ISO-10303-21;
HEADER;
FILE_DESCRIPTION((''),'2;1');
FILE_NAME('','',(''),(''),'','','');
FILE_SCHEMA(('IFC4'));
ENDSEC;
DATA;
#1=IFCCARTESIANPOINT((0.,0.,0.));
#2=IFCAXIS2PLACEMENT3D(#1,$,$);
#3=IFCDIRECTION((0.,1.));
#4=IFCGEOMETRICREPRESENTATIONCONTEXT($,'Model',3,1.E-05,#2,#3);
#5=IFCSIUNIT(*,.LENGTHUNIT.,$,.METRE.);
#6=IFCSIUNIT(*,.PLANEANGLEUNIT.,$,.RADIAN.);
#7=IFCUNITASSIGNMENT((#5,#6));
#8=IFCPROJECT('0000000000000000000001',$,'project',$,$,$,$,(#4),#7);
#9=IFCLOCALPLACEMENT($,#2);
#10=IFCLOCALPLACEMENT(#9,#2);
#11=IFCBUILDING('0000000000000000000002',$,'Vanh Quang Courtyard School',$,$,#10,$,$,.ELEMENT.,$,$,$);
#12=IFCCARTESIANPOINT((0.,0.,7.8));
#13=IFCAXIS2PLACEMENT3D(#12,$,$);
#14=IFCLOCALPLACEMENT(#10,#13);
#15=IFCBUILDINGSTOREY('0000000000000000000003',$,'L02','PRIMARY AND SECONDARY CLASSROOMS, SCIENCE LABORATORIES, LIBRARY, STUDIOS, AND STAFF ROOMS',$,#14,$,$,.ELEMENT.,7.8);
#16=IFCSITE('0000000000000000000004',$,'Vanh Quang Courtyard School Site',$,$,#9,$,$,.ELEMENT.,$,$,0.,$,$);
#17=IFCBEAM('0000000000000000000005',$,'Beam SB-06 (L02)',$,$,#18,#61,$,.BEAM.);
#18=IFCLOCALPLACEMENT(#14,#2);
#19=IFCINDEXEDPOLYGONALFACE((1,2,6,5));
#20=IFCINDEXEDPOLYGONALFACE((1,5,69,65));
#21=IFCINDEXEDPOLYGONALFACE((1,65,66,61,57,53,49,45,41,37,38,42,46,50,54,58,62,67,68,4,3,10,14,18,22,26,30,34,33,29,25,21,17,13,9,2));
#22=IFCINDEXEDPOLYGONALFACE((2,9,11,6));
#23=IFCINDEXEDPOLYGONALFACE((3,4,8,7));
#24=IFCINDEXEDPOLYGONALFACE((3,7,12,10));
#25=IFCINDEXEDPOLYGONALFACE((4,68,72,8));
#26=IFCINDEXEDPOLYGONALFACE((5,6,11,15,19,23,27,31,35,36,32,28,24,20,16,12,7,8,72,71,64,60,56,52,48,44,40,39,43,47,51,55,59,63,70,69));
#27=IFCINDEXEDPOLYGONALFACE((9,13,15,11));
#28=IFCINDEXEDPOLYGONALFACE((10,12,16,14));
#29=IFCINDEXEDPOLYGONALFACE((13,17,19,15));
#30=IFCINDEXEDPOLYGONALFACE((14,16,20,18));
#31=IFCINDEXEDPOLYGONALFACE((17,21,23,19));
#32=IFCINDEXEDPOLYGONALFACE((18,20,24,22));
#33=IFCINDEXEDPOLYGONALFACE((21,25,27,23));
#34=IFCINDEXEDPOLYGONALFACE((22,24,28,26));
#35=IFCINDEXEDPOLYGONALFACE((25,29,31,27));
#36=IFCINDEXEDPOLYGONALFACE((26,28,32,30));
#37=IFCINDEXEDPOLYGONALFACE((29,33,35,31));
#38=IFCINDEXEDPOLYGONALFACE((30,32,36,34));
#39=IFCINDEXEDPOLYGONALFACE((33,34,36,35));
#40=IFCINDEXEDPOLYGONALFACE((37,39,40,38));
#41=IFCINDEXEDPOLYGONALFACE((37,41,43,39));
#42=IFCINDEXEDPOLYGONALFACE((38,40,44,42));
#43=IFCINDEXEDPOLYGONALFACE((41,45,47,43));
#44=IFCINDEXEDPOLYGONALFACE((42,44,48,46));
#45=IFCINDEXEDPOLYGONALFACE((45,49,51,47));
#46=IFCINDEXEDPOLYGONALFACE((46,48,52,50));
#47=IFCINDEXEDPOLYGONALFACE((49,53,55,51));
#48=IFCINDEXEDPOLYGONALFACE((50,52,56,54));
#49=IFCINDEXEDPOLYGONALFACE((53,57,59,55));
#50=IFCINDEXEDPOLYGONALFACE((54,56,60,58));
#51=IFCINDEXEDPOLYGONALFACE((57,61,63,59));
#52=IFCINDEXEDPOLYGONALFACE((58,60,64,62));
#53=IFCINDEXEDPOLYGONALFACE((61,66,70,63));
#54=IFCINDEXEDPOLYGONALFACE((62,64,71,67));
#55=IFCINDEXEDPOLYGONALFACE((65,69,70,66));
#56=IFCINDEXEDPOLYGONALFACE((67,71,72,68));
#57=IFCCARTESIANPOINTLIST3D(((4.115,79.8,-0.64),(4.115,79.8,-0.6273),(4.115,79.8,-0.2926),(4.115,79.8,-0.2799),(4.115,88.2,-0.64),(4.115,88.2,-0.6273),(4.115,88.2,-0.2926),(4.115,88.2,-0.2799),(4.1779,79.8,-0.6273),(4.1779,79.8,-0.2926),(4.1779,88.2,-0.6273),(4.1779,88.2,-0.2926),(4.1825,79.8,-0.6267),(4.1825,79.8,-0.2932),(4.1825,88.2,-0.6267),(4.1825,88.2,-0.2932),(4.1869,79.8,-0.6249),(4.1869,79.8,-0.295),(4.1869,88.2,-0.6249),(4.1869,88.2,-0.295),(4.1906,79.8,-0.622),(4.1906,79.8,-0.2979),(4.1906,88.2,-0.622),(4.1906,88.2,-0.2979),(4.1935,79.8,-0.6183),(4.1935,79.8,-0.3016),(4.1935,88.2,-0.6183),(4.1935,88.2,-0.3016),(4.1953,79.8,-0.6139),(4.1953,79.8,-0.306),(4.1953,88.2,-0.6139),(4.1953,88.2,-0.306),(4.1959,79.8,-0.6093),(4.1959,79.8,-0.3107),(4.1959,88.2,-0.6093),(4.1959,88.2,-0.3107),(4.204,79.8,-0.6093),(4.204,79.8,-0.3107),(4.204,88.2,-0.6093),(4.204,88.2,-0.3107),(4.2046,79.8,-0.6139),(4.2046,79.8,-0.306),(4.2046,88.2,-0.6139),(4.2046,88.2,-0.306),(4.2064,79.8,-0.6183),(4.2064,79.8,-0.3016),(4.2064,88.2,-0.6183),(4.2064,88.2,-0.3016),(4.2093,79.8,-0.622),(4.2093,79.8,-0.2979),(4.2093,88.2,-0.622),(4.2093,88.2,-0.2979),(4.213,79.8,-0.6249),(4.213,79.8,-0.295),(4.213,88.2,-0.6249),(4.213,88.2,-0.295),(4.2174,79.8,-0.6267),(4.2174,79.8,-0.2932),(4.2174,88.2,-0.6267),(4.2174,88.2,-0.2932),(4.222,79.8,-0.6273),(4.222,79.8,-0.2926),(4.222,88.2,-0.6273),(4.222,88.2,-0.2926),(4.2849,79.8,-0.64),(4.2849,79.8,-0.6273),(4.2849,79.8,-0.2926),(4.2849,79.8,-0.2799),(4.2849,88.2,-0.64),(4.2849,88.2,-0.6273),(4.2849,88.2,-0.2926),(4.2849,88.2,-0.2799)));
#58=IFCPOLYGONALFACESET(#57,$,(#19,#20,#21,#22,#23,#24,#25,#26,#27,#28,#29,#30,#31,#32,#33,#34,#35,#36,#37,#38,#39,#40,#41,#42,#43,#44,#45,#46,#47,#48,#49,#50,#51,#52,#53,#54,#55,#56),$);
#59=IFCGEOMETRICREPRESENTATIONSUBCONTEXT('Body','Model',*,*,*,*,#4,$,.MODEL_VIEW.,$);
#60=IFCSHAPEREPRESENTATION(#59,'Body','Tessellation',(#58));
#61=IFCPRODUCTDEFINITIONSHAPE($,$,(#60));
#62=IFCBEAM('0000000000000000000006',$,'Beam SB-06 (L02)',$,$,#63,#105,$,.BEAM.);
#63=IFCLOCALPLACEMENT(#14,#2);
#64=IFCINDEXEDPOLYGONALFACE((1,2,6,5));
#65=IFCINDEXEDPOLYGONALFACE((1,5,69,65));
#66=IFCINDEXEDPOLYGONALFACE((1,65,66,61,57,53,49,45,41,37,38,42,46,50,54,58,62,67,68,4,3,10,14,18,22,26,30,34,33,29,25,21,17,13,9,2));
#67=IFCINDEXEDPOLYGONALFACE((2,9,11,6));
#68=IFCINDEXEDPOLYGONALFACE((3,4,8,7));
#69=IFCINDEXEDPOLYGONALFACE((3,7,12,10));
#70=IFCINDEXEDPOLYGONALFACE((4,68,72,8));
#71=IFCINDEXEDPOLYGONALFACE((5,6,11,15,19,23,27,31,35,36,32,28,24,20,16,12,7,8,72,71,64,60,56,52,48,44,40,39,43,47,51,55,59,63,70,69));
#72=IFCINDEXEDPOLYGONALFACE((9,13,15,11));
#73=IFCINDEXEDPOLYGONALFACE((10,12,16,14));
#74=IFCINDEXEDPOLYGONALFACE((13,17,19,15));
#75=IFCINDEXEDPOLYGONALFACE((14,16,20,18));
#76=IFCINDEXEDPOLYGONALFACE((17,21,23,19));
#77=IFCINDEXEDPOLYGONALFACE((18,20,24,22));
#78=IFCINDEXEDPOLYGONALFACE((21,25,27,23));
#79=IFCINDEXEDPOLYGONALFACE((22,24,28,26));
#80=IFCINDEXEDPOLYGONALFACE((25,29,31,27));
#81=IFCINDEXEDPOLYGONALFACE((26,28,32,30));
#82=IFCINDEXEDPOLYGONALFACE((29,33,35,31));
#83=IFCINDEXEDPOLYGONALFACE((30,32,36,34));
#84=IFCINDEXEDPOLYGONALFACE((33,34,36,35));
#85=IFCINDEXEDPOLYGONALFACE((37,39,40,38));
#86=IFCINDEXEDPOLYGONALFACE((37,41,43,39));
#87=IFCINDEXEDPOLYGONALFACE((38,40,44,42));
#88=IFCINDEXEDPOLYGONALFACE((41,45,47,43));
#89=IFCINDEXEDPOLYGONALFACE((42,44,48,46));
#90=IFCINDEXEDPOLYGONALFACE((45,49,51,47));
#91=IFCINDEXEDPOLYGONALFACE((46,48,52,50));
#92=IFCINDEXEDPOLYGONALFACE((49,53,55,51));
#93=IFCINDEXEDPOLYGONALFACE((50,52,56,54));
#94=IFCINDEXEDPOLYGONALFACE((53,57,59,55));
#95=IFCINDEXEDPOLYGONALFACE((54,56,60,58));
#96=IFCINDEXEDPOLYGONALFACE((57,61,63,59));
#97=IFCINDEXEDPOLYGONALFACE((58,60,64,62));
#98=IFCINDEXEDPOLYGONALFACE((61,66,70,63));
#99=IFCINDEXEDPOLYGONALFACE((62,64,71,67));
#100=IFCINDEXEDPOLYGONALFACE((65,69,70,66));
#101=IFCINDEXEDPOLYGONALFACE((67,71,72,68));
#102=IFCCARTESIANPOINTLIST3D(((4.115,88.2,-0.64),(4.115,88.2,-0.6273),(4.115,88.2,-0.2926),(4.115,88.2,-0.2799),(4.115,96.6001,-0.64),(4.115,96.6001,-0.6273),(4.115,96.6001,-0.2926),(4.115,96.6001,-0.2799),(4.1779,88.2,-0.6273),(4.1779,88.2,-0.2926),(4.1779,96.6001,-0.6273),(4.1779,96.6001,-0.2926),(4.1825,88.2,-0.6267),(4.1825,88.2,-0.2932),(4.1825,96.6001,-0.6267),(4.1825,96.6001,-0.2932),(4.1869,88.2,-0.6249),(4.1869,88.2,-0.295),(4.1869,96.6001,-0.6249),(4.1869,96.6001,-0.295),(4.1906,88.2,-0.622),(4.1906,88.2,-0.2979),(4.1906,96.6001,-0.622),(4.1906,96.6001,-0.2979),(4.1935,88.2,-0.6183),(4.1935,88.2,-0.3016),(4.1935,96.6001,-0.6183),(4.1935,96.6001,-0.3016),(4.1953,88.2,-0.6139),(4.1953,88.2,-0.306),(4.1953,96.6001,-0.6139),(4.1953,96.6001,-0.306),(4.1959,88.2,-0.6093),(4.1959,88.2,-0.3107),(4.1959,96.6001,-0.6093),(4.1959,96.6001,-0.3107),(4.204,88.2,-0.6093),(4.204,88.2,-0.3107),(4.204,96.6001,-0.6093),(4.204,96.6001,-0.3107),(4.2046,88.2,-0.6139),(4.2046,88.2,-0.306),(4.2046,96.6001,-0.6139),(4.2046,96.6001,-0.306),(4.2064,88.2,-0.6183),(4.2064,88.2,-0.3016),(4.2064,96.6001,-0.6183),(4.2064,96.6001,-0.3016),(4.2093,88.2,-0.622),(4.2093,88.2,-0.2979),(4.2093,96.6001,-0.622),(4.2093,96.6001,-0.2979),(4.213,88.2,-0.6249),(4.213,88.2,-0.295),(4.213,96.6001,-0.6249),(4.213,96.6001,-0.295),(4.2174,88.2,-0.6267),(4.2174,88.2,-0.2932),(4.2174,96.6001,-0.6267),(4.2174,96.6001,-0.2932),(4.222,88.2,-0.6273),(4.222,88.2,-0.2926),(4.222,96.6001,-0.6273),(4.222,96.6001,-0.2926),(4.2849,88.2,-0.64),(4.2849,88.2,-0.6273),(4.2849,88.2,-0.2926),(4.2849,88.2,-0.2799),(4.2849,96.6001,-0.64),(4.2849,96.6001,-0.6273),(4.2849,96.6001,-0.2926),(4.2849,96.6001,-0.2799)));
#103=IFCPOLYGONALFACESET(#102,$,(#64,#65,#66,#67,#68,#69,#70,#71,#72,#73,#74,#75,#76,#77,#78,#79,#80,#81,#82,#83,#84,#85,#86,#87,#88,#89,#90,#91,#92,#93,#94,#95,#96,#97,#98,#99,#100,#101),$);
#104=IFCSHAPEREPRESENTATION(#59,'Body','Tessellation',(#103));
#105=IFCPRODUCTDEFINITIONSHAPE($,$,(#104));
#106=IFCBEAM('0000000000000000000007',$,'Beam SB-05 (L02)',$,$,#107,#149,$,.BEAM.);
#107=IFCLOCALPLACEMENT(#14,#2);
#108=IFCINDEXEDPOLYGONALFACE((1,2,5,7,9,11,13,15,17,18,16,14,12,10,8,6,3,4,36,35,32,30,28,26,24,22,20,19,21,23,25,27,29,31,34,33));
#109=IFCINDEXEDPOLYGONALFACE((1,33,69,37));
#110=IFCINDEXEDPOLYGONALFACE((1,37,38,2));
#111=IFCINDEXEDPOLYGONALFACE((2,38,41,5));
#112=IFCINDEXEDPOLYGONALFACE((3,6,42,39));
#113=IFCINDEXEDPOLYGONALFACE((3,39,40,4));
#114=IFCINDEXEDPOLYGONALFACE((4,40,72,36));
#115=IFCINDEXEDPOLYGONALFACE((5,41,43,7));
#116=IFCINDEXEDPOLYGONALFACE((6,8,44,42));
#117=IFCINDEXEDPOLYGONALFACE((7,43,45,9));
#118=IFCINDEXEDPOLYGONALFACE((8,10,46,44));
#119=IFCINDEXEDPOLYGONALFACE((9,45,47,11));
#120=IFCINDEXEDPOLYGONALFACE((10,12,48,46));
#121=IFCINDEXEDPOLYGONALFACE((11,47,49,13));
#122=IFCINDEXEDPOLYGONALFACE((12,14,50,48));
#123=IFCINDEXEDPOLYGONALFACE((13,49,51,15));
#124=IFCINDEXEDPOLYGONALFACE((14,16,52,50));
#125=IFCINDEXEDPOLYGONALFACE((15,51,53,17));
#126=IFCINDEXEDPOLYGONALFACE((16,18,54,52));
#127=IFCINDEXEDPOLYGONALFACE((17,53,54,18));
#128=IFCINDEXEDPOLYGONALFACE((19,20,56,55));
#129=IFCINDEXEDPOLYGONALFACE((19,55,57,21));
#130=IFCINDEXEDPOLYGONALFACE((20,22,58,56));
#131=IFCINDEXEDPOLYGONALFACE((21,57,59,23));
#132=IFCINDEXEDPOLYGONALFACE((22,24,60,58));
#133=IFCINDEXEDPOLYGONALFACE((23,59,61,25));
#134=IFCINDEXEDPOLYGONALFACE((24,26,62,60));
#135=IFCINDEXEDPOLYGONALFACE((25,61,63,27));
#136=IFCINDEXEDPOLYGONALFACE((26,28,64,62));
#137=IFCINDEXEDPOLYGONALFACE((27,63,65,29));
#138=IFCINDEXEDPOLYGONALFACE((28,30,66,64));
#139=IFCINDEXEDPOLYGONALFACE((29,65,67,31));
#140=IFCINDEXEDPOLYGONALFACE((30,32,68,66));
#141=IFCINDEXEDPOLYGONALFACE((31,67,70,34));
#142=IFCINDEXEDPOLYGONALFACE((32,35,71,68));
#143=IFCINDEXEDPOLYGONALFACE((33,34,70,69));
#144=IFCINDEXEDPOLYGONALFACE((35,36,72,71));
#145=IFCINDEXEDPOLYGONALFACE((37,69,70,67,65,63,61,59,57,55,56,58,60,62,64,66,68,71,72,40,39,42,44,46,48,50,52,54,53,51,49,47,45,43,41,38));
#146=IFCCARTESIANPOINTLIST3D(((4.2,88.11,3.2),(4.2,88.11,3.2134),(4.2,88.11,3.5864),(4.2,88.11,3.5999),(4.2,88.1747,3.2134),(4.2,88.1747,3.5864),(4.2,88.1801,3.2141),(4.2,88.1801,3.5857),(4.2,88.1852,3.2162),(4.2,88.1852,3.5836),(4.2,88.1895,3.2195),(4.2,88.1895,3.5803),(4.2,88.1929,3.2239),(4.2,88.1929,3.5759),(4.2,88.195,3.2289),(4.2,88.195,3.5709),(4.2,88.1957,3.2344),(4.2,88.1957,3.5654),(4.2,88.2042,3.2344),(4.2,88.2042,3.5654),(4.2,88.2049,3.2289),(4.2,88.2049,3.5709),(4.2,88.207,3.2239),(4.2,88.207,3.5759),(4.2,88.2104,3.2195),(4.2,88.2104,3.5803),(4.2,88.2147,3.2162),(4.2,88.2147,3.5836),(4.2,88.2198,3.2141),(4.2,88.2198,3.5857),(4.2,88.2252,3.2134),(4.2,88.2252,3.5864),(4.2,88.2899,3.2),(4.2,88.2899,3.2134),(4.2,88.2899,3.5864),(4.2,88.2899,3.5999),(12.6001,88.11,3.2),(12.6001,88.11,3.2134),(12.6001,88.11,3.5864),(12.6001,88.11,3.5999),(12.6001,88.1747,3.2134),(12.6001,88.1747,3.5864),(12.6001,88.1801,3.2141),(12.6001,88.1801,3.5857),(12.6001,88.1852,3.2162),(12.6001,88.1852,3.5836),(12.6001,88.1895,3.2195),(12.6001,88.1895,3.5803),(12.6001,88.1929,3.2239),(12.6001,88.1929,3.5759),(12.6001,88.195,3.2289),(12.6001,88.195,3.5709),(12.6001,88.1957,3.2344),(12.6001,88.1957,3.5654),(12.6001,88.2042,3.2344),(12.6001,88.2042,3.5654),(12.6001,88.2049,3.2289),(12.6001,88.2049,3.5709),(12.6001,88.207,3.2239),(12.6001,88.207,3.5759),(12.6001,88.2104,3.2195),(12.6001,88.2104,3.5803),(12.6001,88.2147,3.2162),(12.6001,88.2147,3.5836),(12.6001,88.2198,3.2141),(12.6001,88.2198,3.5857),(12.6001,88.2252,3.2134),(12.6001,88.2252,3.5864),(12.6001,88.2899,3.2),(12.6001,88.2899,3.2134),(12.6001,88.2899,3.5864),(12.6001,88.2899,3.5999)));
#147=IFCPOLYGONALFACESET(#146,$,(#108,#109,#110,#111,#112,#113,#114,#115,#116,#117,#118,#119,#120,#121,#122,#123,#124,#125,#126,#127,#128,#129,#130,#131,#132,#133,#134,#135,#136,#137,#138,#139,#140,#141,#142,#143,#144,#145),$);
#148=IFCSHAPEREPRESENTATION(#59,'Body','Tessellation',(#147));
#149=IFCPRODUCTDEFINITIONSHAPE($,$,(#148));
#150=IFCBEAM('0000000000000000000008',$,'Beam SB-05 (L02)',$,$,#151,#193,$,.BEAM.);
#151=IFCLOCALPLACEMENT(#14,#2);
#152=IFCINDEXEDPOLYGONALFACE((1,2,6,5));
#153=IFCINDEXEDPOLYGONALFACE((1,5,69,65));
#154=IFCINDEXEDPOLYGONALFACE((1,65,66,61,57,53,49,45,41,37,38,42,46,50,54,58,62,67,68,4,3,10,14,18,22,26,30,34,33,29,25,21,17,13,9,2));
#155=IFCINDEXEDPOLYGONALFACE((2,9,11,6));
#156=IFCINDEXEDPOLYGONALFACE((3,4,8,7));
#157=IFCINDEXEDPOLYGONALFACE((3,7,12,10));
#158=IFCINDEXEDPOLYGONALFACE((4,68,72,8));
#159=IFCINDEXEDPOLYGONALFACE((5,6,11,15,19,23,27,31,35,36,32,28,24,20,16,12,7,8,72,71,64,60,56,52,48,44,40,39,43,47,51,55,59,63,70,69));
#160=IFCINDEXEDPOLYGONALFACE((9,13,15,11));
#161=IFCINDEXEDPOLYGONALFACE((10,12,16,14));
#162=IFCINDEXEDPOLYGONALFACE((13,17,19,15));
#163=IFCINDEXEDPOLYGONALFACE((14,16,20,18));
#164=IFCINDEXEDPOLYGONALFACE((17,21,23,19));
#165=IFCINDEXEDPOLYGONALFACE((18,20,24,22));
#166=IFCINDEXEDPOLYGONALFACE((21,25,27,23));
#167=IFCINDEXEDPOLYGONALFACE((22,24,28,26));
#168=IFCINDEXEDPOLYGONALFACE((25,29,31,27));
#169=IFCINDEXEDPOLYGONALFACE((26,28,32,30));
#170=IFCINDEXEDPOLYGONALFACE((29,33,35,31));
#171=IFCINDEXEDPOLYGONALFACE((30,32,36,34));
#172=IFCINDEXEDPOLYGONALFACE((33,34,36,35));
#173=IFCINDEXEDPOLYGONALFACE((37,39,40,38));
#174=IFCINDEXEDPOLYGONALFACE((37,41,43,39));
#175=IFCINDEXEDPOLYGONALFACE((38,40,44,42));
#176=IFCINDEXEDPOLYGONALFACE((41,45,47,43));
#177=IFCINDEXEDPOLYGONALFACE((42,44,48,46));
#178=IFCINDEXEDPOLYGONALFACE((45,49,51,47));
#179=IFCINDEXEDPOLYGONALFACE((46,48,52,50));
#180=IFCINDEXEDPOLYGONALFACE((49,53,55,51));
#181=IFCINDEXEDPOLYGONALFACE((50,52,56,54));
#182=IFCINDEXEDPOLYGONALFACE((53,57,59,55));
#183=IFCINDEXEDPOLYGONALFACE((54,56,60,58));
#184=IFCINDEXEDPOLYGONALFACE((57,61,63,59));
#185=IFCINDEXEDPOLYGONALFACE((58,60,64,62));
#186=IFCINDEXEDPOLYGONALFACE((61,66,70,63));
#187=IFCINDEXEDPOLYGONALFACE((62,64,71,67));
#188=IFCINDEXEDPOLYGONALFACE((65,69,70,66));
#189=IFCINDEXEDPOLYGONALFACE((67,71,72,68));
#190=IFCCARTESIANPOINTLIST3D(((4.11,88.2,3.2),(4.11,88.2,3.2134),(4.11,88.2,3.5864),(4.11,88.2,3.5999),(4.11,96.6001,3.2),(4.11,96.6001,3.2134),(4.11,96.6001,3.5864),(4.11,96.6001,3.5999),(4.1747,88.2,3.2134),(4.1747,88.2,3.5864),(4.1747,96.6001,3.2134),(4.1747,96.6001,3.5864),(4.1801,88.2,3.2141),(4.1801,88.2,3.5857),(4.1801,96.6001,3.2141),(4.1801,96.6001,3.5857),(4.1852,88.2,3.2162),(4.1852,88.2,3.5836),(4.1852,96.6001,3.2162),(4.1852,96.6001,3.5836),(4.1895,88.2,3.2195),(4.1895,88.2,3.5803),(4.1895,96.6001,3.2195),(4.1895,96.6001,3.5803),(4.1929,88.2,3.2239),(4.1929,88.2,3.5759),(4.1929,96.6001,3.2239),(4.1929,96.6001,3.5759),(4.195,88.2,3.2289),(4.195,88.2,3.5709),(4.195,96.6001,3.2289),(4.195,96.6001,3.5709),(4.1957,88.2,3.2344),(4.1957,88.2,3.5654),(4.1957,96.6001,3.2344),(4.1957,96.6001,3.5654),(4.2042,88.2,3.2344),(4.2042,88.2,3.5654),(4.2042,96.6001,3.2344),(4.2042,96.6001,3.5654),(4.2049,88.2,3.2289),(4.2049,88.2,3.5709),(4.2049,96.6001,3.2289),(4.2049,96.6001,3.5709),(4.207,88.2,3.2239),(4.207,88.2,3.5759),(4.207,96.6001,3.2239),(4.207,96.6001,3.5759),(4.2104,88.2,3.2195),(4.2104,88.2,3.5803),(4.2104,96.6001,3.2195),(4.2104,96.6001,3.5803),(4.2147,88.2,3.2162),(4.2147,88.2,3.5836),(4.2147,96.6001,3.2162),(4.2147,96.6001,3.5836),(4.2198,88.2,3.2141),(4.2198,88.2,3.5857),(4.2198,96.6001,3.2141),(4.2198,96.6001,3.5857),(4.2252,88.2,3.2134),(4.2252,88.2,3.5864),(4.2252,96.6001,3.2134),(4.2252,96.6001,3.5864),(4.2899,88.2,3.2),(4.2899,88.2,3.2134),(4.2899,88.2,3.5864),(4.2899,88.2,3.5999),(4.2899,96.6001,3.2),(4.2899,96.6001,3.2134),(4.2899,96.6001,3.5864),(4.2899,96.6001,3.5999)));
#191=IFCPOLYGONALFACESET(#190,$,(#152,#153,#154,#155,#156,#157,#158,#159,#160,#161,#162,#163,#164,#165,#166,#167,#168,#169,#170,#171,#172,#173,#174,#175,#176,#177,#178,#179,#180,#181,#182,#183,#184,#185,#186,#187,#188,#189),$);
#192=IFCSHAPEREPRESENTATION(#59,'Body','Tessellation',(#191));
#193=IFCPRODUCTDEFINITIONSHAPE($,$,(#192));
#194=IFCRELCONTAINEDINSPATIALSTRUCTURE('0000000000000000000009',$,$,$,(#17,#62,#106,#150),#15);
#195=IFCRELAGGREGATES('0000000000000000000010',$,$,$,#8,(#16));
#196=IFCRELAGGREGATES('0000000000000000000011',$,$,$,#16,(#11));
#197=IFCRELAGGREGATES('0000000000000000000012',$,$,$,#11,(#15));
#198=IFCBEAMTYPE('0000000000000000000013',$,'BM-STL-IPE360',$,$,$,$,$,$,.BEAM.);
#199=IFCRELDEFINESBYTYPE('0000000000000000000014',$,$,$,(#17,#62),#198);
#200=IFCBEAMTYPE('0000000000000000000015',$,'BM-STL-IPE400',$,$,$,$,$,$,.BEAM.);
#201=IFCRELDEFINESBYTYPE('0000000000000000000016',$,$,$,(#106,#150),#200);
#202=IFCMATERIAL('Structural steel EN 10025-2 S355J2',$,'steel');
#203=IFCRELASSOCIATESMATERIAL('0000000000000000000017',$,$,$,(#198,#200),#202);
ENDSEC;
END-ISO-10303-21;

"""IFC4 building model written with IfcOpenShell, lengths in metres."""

from ifc_helpers import new_model, si_unit, direction, frame, origin, origin_2d, place, context, subcontext, project, spatial, i_section, extrude, material, material_profile, profile_set, type_object, element, save


model = new_model("IFC4")

# Units and contexts
model_context = context("Model", 3, precision=1e-05, world=origin(), true_north=direction((0.0, 1.0)))
body_context = subcontext(model_context, "Body", "Model", "MODEL_VIEW")
ifc_project = project(units=[si_unit("LENGTHUNIT", "METRE"), si_unit("PLANEANGLEUNIT", "RADIAN")], contexts=[model_context])

# Site, building, storey
site_placement = place(None, origin())
site = spatial("IfcSite", under=ifc_project, at=site_placement, Name="Vanh Quang Courtyard School Site", CompositionType="ELEMENT", RefElevation=0.0)
building_placement = place(site_placement, origin())
building = spatial("IfcBuilding", under=site, at=building_placement, Name="Vanh Quang Courtyard School", CompositionType="ELEMENT")
storey_placement = place(building_placement, frame((0.0, 0.0, 7.8)))
storey = spatial("IfcBuildingStorey", under=building, at=storey_placement, Name="L02", Description="PRIMARY AND SECONDARY CLASSROOMS, SCIENCE LABORATORIES, LIBRARY, STUDIOS, AND STAFF ROOMS", CompositionType="ELEMENT", Elevation=7.8)

# Beams
ifc_material_1 = material(Name="Structural steel EN 10025-2 S355J2", Category="steel")
ifc_material_profile_1 = material_profile(ifc_material_1, i_section(OverallWidth=0.1699, OverallDepth=0.3601, WebThickness=0.0081, FlangeThickness=0.0127, FilletRadius=0.0181, at=origin_2d()), Name="IPE 360")
ifc_profile_set_1 = profile_set([ifc_material_profile_1], Name="Structural steel EN 10025-2 S355J2")
beam_type_1 = type_object("IfcBeamType", Name="BM-STL-IPE360", PredefinedType="BEAM", material=ifc_profile_set_1)
beam_1_placement = place(storey_placement, frame((4.2, 79.8, -0.46), z_axis=(0.0, 1.0, 0.0), x_axis=(-1.0, 0.0, 0.0)))
element("IfcBeam", 1, at=beam_1_placement, inside=storey, type_object=beam_type_1, Name="Beam SB-06 (L02)", PredefinedType="BEAM", context=body_context, shape_type="SweptSolid", body=[
    extrude(i_section(OverallWidth=0.1699, OverallDepth=0.3601, WebThickness=0.0081, FlangeThickness=0.0127, FilletRadius=0.0181, at=origin_2d()), origin(), (0.0, 0.0, 1.0), 8.3999),
])
beam_2_placement = place(storey_placement, frame((4.2, 88.2, -0.46), z_axis=(0.0, 1.0, 0.0), x_axis=(-1.0, 0.0, 0.0)))
element("IfcBeam", 2, at=beam_2_placement, inside=storey, type_object=beam_type_1, Name="Beam SB-06 (L02)", PredefinedType="BEAM", context=body_context, shape_type="SweptSolid", body=[
    extrude(i_section(OverallWidth=0.1699, OverallDepth=0.3601, WebThickness=0.0081, FlangeThickness=0.0127, FilletRadius=0.0181, at=origin_2d()), origin(), (0.0, 0.0, 1.0), 8.4001),
])
ifc_material_profile_2 = material_profile(ifc_material_1, i_section(OverallWidth=0.1799, OverallDepth=0.3999, WebThickness=0.0085, FlangeThickness=0.0134, FilletRadius=0.021, at=origin_2d()), Name="IPE 400")
ifc_profile_set_2 = profile_set([ifc_material_profile_2], Name="Structural steel EN 10025-2 S355J2")
beam_type_2 = type_object("IfcBeamType", Name="BM-STL-IPE400", PredefinedType="BEAM", material=ifc_profile_set_2)
for number, where, z_axis, x_axis, name in (
    (3, (4.2, 88.2, 3.3999), (1.0, 0.0, 0.0), (0.0, 1.0, 0.0), "Beam SB-05 (L02)"),
    (4, (4.2, 88.2, 3.3999), (0.0, 1.0, 0.0), (-1.0, 0.0, 0.0), "Beam SB-05 (L02)"),
):
    element("IfcBeam", number, at=place(storey_placement, frame(where, z_axis=z_axis, x_axis=x_axis)), inside=storey, type_object=beam_type_2, Name=name, PredefinedType="BEAM", context=body_context, shape_type="SweptSolid", body=[
        extrude(i_section(OverallWidth=0.1799, OverallDepth=0.3999, WebThickness=0.0085, FlangeThickness=0.0134, FilletRadius=0.021, at=origin_2d()), origin(), (0.0, 0.0, 1.0), 8.4001),
    ])

save(model, "model.ifc")
